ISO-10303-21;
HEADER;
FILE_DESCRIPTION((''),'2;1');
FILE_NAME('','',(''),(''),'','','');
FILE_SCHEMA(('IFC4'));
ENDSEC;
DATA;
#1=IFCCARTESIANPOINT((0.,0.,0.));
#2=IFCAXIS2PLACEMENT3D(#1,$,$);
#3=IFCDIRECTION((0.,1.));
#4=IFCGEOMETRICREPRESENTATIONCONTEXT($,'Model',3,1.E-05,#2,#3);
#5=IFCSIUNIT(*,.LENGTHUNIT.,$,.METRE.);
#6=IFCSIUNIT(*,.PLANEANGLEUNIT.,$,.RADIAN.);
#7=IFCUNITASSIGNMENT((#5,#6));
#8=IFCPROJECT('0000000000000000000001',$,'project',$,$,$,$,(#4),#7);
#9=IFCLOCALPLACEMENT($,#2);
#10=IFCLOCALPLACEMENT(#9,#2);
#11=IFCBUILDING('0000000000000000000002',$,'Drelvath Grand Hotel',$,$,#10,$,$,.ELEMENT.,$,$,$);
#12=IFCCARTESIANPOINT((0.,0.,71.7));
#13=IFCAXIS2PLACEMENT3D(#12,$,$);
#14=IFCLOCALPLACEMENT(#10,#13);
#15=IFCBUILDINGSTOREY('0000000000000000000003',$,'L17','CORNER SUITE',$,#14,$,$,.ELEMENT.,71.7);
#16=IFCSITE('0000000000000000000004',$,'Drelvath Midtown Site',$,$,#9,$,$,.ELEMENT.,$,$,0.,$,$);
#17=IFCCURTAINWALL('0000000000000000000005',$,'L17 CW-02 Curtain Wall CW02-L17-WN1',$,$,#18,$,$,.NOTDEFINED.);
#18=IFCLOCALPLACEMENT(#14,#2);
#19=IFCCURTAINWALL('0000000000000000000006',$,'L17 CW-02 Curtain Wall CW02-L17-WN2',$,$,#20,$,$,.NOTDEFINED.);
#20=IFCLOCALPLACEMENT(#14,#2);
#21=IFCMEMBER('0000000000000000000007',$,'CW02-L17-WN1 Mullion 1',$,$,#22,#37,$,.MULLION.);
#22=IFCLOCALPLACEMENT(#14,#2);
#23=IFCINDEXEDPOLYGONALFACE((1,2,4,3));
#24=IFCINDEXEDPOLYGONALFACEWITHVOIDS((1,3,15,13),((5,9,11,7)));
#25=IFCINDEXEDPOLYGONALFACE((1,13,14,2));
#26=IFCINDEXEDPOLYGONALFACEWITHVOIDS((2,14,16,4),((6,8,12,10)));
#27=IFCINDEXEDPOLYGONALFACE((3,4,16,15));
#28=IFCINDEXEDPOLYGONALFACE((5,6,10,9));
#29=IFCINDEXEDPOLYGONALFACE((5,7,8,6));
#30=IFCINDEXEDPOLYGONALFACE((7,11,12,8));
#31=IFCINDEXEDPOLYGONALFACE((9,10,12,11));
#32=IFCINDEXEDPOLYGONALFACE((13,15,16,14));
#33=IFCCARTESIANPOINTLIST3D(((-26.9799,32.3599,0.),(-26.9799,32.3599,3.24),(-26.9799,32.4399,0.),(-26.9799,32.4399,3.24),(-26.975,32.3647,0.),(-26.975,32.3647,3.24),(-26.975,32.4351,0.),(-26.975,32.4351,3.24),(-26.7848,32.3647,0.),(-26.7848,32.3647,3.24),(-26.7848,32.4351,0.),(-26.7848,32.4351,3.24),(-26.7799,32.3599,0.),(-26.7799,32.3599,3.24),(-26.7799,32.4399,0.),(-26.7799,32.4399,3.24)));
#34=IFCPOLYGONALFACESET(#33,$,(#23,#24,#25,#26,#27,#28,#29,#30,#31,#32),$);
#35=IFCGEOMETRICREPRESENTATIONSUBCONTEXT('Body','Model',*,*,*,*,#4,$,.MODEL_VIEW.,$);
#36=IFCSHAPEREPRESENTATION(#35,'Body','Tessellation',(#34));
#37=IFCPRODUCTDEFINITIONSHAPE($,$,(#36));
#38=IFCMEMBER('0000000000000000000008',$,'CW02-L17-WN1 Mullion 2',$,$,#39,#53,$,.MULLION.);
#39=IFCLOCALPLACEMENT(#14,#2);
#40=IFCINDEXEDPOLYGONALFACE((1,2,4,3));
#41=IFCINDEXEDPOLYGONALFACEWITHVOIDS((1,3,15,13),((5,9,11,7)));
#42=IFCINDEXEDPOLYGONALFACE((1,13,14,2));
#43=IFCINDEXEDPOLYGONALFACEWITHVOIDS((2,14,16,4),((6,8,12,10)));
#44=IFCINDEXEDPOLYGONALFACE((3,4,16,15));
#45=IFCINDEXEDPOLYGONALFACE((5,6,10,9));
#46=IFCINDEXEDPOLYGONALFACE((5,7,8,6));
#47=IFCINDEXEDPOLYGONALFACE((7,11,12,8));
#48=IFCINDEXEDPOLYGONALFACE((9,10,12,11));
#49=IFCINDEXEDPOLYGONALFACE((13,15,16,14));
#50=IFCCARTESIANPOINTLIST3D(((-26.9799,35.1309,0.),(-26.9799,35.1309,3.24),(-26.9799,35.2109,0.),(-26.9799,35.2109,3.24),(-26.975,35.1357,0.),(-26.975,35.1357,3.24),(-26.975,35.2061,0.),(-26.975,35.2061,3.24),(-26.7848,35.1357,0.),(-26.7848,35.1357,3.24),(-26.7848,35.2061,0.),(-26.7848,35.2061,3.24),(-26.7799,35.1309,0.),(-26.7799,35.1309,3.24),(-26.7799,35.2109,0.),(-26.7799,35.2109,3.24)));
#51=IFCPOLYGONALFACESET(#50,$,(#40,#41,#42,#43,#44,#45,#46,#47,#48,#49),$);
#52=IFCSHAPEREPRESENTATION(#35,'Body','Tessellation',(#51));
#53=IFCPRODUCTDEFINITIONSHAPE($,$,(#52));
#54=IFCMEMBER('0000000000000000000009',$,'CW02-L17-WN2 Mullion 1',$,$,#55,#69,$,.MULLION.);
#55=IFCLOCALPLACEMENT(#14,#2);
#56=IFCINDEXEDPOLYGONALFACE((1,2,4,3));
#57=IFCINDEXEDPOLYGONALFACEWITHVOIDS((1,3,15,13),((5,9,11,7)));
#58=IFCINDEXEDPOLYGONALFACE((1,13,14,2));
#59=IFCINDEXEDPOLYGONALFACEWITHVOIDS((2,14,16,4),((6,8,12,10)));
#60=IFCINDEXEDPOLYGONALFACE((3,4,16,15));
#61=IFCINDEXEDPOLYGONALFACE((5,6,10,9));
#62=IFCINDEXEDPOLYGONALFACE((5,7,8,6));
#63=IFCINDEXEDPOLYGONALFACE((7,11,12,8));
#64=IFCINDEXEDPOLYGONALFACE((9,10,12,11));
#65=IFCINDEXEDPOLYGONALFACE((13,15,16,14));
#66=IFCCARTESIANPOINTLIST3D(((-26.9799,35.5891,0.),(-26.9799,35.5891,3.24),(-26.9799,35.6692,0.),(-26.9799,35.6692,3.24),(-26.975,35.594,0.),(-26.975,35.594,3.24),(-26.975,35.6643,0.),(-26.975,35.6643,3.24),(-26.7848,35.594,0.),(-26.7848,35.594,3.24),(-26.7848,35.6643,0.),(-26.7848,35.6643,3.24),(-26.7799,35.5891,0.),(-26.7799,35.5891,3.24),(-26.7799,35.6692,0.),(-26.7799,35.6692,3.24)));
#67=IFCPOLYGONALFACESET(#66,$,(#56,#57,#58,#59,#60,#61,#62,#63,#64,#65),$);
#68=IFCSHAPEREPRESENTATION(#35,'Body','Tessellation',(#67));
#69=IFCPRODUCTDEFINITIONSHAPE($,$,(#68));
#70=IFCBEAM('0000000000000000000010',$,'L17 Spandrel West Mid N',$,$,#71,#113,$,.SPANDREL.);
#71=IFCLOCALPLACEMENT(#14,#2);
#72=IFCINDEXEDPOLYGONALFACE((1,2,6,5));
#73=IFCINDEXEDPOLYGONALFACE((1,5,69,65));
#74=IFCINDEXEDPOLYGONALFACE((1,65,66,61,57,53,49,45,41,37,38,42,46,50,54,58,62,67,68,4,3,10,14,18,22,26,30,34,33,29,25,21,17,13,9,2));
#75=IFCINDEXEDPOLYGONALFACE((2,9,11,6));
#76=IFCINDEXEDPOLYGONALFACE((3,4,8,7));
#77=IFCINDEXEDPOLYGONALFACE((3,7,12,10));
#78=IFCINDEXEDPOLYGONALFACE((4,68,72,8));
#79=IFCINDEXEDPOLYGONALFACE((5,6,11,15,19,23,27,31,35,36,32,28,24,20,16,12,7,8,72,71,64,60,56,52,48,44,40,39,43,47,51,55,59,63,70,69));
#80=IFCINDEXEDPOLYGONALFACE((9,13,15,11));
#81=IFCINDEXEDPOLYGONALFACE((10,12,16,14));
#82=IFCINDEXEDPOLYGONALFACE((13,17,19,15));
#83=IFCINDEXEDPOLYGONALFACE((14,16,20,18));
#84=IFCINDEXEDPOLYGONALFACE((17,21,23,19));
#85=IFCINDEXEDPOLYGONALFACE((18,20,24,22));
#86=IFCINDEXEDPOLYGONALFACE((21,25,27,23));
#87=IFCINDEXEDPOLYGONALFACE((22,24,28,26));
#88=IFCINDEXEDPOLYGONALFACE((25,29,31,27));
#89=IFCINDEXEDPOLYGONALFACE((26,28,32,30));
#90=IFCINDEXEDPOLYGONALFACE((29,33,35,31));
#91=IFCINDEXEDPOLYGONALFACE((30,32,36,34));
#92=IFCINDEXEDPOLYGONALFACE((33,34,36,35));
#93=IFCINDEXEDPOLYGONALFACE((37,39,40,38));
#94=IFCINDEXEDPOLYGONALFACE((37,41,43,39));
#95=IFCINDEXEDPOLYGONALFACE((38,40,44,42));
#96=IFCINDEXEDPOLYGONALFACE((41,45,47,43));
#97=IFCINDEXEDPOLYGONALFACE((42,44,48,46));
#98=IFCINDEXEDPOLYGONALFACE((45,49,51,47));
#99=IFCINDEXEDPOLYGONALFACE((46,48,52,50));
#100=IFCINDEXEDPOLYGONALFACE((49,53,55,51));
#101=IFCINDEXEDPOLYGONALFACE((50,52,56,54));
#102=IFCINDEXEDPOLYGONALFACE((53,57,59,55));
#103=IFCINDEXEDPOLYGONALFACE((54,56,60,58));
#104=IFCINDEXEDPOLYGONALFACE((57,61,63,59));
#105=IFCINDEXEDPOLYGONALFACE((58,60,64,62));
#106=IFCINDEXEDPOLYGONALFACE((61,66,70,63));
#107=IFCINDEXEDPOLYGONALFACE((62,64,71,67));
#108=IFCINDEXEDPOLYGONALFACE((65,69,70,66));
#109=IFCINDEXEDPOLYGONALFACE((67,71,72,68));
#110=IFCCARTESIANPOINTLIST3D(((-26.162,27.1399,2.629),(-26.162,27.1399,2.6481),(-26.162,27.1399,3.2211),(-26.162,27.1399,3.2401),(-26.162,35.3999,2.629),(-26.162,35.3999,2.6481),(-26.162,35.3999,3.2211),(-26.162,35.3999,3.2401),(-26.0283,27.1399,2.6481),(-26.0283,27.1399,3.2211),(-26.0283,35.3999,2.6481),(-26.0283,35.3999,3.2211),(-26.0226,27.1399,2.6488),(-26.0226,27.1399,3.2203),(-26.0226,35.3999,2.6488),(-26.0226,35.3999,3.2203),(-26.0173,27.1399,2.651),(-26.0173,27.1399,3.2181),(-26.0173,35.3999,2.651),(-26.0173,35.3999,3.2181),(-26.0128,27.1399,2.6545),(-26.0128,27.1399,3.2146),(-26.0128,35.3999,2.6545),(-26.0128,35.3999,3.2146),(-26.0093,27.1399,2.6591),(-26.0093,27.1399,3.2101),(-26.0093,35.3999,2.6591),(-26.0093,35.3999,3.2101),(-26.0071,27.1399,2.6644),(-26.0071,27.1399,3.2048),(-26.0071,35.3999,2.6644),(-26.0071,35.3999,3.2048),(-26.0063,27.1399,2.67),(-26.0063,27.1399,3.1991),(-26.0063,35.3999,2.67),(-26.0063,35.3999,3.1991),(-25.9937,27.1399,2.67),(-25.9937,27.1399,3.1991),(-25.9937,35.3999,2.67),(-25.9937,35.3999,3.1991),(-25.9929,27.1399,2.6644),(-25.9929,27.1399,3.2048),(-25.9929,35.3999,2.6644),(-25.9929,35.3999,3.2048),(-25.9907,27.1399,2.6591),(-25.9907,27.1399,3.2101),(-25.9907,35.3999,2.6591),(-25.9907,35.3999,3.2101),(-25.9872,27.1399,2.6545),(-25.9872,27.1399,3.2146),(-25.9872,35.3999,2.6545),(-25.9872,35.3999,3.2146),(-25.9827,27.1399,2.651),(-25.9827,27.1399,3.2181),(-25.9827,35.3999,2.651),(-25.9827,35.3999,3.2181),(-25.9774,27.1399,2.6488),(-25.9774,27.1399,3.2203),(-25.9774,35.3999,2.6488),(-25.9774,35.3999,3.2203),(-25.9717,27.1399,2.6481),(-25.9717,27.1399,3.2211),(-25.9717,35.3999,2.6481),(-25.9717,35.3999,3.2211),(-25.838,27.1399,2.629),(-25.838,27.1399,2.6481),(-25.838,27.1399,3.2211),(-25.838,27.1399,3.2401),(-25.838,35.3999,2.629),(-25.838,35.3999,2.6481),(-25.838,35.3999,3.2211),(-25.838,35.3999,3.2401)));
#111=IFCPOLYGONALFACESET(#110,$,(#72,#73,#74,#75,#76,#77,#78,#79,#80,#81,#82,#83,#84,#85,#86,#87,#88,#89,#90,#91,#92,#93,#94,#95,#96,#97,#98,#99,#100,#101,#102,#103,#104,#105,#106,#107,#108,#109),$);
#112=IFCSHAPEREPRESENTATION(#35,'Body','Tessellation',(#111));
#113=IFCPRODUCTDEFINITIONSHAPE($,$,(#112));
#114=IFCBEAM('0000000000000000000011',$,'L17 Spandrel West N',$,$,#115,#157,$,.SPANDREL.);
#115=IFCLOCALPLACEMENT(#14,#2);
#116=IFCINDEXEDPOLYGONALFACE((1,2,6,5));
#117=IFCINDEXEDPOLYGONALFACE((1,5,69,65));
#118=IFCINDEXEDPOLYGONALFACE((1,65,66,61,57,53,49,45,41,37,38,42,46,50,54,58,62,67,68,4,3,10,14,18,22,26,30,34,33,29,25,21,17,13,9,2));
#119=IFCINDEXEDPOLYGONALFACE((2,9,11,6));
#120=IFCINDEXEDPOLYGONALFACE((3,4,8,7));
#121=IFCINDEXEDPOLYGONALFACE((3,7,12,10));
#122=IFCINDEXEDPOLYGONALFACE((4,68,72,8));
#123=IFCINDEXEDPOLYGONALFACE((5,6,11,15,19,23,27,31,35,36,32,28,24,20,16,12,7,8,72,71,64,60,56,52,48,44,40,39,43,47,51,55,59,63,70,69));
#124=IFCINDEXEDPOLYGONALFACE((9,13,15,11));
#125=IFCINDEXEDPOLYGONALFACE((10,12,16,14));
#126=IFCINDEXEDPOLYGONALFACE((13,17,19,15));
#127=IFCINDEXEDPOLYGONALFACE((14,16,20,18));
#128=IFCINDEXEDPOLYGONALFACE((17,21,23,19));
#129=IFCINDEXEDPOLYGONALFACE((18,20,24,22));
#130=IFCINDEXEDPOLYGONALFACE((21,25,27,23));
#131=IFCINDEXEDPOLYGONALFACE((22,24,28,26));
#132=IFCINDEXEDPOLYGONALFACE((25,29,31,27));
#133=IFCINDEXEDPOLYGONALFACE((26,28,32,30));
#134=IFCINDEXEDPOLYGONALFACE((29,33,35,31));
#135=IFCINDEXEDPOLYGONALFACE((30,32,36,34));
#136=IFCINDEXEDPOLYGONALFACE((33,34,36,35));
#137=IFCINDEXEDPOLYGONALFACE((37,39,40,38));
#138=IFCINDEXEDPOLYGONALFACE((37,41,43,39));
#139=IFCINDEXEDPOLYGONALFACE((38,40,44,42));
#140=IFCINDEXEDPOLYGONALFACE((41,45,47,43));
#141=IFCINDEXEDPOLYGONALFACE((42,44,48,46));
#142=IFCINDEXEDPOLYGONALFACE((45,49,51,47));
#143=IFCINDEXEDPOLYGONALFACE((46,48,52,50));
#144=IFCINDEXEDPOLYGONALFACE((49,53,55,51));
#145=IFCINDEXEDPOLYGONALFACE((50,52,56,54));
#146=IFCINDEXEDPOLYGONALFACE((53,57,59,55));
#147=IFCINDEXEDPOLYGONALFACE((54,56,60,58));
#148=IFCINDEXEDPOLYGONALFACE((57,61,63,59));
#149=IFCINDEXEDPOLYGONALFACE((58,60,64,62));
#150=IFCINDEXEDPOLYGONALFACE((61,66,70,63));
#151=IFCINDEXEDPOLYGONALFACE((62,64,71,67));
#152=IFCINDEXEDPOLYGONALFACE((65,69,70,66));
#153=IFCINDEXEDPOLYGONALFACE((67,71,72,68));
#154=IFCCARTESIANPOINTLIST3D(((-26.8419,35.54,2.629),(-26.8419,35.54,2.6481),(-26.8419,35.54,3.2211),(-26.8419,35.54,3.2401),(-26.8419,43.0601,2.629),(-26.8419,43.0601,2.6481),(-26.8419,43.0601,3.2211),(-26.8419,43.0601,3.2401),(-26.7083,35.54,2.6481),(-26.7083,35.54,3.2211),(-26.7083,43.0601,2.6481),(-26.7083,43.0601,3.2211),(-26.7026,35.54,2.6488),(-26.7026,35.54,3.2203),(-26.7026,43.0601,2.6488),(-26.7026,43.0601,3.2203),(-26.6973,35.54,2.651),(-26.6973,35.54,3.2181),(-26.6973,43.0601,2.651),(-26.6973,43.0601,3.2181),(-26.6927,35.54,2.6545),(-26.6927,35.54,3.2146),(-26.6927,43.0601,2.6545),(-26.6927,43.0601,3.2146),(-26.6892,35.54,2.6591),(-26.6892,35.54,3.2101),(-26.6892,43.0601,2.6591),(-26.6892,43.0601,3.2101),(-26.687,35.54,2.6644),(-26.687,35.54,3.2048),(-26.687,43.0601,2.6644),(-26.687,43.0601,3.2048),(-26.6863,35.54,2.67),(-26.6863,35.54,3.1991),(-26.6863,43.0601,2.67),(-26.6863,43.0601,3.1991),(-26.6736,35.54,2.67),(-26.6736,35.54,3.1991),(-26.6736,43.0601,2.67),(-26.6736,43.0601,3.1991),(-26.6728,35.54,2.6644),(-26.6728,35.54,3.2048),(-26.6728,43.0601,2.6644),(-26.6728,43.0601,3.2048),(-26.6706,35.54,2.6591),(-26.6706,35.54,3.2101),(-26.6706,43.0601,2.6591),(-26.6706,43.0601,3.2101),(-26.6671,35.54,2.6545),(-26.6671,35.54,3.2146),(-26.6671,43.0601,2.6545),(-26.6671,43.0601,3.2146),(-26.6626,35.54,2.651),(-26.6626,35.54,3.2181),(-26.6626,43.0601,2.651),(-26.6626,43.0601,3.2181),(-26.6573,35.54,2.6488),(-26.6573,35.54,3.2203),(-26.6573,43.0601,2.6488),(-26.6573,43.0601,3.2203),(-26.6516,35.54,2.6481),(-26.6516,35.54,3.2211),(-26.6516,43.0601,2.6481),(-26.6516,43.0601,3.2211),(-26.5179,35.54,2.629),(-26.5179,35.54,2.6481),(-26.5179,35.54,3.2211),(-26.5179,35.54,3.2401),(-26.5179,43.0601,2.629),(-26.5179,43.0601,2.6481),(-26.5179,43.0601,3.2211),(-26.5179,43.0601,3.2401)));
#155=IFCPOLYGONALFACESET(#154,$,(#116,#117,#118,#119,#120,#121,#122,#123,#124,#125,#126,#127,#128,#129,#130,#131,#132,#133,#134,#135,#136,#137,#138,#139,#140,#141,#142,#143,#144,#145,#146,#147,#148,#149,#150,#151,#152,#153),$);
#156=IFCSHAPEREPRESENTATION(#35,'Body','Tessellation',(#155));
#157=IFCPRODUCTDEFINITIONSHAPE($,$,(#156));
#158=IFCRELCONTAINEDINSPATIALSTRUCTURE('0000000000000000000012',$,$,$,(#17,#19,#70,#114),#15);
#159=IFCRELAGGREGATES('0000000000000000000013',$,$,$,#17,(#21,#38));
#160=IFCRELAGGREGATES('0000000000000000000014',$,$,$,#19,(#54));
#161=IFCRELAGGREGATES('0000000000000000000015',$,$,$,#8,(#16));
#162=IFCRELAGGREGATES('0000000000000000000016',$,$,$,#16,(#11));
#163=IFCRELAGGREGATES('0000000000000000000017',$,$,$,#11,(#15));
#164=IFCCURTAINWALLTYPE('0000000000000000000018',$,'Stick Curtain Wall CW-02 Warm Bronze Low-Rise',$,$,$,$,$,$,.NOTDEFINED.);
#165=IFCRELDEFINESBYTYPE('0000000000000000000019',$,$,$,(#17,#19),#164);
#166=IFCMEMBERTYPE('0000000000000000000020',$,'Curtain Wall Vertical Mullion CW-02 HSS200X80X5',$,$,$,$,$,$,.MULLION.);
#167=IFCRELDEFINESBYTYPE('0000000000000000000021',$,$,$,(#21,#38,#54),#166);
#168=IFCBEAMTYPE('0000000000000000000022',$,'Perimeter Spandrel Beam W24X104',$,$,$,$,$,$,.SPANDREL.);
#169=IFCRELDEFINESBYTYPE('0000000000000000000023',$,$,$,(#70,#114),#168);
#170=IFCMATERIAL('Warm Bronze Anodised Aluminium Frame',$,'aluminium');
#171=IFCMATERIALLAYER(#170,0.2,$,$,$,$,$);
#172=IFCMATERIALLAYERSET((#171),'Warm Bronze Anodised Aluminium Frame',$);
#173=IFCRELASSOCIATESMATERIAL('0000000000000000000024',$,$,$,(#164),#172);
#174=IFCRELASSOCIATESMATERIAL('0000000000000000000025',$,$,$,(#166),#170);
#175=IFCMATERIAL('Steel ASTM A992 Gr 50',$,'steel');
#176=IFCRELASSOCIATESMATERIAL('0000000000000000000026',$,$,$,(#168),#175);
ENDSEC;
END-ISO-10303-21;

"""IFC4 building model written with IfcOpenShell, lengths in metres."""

from ifc_helpers import new_model, si_unit, direction, frame, origin, origin_2d, place, context, subcontext, project, spatial, hollow_rectangle, i_section, extrude, material, layer, layer_set, material_profile, profile_set, type_object, element, aggregate, save


model = new_model("IFC4")

# Units and contexts
model_context = context("Model", 3, precision=1e-05, world=origin(), true_north=direction((0.0, 1.0)))
body_context = subcontext(model_context, "Body", "Model", "MODEL_VIEW")
ifc_project = project(units=[si_unit("LENGTHUNIT", "METRE"), si_unit("PLANEANGLEUNIT", "RADIAN")], contexts=[model_context])

# Site, building, storey
site_placement = place(None, origin())
site = spatial("IfcSite", under=ifc_project, at=site_placement, Name="Drelvath Midtown Site", CompositionType="ELEMENT", RefElevation=0.0)
building_placement = place(site_placement, origin())
building = spatial("IfcBuilding", under=site, at=building_placement, Name="Drelvath Grand Hotel", CompositionType="ELEMENT")
storey_placement = place(building_placement, frame((0.0, 0.0, 71.7)))
storey = spatial("IfcBuildingStorey", under=building, at=storey_placement, Name="L17", Description="CORNER SUITE", CompositionType="ELEMENT", Elevation=71.7)

# Curtain walls
ifc_material_1 = material(Name="Warm Bronze Anodised Aluminium Frame", Category="aluminium")
ifc_layer_1 = layer(ifc_material_1, 0.2)
ifc_layer_set_1 = layer_set([ifc_layer_1], Name="Warm Bronze Anodised Aluminium Frame")
curtain_wall_type = type_object("IfcCurtainWallType", Name="Stick Curtain Wall CW-02 Warm Bronze Low-Rise", PredefinedType="NOTDEFINED", material=ifc_layer_set_1)
curtain_wall_1_placement = place(storey_placement, origin())
curtain_wall_1 = element("IfcCurtainWall", 1, at=curtain_wall_1_placement, inside=storey, type_object=curtain_wall_type, Name="L17 CW-02 Curtain Wall CW02-L17-WN1", PredefinedType="NOTDEFINED")
curtain_wall_2_placement = place(storey_placement, origin())
curtain_wall_2 = element("IfcCurtainWall", 2, at=curtain_wall_2_placement, inside=storey, type_object=curtain_wall_type, Name="L17 CW-02 Curtain Wall CW02-L17-WN2", PredefinedType="NOTDEFINED")

# Members
ifc_material_profile_1 = material_profile(ifc_material_1, hollow_rectangle(XDim=0.0801, YDim=0.2, WallThickness=0.0049, at=origin_2d()), Name="HSS200X80X5")
ifc_profile_set_1 = profile_set([ifc_material_profile_1], Name="Warm Bronze Anodised Aluminium Frame")
member_type_1 = type_object("IfcMemberType", Name="Curtain Wall Vertical Mullion CW-02 HSS200X80X5", PredefinedType="MULLION", material=ifc_profile_set_1)
member_1_placement = place(storey_placement, frame((-26.8799, 32.3999, 0.0), z_axis=(0.0, 0.0, 1.0), x_axis=(0.0, 1.0, 0.0)))
member_1 = element("IfcMember", 3, at=member_1_placement, type_object=member_type_1, Name="CW02-L17-WN1 Mullion 1", PredefinedType="MULLION", context=body_context, shape_type="SweptSolid", body=[
    extrude(hollow_rectangle(XDim=0.0801, YDim=0.2, WallThickness=0.0049, at=origin_2d()), origin(), (0.0, 0.0, 1.0), 3.24),
])
member_2_placement = place(storey_placement, frame((-26.8799, 35.1709, 0.0), z_axis=(0.0, 0.0, 1.0), x_axis=(0.0, 1.0, 0.0)))
member_2 = element("IfcMember", 4, at=member_2_placement, type_object=member_type_1, Name="CW02-L17-WN1 Mullion 2", PredefinedType="MULLION", context=body_context, shape_type="SweptSolid", body=[
    extrude(hollow_rectangle(XDim=0.0801, YDim=0.2, WallThickness=0.0049, at=origin_2d()), origin(), (0.0, 0.0, 1.0), 3.24),
])
member_3_placement = place(storey_placement, frame((-26.8799, 35.6292, 0.0), z_axis=(0.0, 0.0, 1.0), x_axis=(0.0, 1.0, 0.0)))
member_3 = element("IfcMember", 5, at=member_3_placement, type_object=member_type_1, Name="CW02-L17-WN2 Mullion 1", PredefinedType="MULLION", context=body_context, shape_type="SweptSolid", body=[
    extrude(hollow_rectangle(XDim=0.0801, YDim=0.2, WallThickness=0.0049, at=origin_2d()), origin(), (0.0, 0.0, 1.0), 3.24),
])

# Beams
ifc_material_2 = material(Name="Steel ASTM A992 Gr 50", Category="steel")
ifc_material_profile_2 = material_profile(ifc_material_2, i_section(OverallWidth=0.324, OverallDepth=0.6111, WebThickness=0.0127, FlangeThickness=0.019, FilletRadius=0.022, at=origin_2d()), Name="W24X104")
ifc_profile_set_2 = profile_set([ifc_material_profile_2], Name="Steel ASTM A992 Gr 50")
beam_type_1 = type_object("IfcBeamType", Name="Perimeter Spandrel Beam W24X104", PredefinedType="SPANDREL", material=ifc_profile_set_2)
beam_1_placement = place(storey_placement, frame((-26.0, 27.1399, 2.9346), z_axis=(0.0, 1.0, 0.0), x_axis=(-1.0, 0.0, 0.0)))
element("IfcBeam", 6, at=beam_1_placement, inside=storey, type_object=beam_type_1, Name="L17 Spandrel West Mid N", PredefinedType="SPANDREL", context=body_context, shape_type="SweptSolid", body=[
    extrude(i_section(OverallWidth=0.324, OverallDepth=0.6111, WebThickness=0.0127, FlangeThickness=0.019, FilletRadius=0.022, at=origin_2d()), origin(), (0.0, 0.0, 1.0), 8.26),
])
beam_2_placement = place(storey_placement, frame((-26.6799, 35.54, 2.9346), z_axis=(0.0, 1.0, 0.0), x_axis=(-1.0, 0.0, 0.0)))
element("IfcBeam", 7, at=beam_2_placement, inside=storey, type_object=beam_type_1, Name="L17 Spandrel West N", PredefinedType="SPANDREL", context=body_context, shape_type="SweptSolid", body=[
    extrude(i_section(OverallWidth=0.324, OverallDepth=0.6111, WebThickness=0.0127, FlangeThickness=0.019, FilletRadius=0.022, at=origin_2d()), origin(), (0.0, 0.0, 1.0), 7.52),
])

aggregate(curtain_wall_1, [member_1, member_2])
aggregate(curtain_wall_2, [member_3])

save(model, "model.ifc")
